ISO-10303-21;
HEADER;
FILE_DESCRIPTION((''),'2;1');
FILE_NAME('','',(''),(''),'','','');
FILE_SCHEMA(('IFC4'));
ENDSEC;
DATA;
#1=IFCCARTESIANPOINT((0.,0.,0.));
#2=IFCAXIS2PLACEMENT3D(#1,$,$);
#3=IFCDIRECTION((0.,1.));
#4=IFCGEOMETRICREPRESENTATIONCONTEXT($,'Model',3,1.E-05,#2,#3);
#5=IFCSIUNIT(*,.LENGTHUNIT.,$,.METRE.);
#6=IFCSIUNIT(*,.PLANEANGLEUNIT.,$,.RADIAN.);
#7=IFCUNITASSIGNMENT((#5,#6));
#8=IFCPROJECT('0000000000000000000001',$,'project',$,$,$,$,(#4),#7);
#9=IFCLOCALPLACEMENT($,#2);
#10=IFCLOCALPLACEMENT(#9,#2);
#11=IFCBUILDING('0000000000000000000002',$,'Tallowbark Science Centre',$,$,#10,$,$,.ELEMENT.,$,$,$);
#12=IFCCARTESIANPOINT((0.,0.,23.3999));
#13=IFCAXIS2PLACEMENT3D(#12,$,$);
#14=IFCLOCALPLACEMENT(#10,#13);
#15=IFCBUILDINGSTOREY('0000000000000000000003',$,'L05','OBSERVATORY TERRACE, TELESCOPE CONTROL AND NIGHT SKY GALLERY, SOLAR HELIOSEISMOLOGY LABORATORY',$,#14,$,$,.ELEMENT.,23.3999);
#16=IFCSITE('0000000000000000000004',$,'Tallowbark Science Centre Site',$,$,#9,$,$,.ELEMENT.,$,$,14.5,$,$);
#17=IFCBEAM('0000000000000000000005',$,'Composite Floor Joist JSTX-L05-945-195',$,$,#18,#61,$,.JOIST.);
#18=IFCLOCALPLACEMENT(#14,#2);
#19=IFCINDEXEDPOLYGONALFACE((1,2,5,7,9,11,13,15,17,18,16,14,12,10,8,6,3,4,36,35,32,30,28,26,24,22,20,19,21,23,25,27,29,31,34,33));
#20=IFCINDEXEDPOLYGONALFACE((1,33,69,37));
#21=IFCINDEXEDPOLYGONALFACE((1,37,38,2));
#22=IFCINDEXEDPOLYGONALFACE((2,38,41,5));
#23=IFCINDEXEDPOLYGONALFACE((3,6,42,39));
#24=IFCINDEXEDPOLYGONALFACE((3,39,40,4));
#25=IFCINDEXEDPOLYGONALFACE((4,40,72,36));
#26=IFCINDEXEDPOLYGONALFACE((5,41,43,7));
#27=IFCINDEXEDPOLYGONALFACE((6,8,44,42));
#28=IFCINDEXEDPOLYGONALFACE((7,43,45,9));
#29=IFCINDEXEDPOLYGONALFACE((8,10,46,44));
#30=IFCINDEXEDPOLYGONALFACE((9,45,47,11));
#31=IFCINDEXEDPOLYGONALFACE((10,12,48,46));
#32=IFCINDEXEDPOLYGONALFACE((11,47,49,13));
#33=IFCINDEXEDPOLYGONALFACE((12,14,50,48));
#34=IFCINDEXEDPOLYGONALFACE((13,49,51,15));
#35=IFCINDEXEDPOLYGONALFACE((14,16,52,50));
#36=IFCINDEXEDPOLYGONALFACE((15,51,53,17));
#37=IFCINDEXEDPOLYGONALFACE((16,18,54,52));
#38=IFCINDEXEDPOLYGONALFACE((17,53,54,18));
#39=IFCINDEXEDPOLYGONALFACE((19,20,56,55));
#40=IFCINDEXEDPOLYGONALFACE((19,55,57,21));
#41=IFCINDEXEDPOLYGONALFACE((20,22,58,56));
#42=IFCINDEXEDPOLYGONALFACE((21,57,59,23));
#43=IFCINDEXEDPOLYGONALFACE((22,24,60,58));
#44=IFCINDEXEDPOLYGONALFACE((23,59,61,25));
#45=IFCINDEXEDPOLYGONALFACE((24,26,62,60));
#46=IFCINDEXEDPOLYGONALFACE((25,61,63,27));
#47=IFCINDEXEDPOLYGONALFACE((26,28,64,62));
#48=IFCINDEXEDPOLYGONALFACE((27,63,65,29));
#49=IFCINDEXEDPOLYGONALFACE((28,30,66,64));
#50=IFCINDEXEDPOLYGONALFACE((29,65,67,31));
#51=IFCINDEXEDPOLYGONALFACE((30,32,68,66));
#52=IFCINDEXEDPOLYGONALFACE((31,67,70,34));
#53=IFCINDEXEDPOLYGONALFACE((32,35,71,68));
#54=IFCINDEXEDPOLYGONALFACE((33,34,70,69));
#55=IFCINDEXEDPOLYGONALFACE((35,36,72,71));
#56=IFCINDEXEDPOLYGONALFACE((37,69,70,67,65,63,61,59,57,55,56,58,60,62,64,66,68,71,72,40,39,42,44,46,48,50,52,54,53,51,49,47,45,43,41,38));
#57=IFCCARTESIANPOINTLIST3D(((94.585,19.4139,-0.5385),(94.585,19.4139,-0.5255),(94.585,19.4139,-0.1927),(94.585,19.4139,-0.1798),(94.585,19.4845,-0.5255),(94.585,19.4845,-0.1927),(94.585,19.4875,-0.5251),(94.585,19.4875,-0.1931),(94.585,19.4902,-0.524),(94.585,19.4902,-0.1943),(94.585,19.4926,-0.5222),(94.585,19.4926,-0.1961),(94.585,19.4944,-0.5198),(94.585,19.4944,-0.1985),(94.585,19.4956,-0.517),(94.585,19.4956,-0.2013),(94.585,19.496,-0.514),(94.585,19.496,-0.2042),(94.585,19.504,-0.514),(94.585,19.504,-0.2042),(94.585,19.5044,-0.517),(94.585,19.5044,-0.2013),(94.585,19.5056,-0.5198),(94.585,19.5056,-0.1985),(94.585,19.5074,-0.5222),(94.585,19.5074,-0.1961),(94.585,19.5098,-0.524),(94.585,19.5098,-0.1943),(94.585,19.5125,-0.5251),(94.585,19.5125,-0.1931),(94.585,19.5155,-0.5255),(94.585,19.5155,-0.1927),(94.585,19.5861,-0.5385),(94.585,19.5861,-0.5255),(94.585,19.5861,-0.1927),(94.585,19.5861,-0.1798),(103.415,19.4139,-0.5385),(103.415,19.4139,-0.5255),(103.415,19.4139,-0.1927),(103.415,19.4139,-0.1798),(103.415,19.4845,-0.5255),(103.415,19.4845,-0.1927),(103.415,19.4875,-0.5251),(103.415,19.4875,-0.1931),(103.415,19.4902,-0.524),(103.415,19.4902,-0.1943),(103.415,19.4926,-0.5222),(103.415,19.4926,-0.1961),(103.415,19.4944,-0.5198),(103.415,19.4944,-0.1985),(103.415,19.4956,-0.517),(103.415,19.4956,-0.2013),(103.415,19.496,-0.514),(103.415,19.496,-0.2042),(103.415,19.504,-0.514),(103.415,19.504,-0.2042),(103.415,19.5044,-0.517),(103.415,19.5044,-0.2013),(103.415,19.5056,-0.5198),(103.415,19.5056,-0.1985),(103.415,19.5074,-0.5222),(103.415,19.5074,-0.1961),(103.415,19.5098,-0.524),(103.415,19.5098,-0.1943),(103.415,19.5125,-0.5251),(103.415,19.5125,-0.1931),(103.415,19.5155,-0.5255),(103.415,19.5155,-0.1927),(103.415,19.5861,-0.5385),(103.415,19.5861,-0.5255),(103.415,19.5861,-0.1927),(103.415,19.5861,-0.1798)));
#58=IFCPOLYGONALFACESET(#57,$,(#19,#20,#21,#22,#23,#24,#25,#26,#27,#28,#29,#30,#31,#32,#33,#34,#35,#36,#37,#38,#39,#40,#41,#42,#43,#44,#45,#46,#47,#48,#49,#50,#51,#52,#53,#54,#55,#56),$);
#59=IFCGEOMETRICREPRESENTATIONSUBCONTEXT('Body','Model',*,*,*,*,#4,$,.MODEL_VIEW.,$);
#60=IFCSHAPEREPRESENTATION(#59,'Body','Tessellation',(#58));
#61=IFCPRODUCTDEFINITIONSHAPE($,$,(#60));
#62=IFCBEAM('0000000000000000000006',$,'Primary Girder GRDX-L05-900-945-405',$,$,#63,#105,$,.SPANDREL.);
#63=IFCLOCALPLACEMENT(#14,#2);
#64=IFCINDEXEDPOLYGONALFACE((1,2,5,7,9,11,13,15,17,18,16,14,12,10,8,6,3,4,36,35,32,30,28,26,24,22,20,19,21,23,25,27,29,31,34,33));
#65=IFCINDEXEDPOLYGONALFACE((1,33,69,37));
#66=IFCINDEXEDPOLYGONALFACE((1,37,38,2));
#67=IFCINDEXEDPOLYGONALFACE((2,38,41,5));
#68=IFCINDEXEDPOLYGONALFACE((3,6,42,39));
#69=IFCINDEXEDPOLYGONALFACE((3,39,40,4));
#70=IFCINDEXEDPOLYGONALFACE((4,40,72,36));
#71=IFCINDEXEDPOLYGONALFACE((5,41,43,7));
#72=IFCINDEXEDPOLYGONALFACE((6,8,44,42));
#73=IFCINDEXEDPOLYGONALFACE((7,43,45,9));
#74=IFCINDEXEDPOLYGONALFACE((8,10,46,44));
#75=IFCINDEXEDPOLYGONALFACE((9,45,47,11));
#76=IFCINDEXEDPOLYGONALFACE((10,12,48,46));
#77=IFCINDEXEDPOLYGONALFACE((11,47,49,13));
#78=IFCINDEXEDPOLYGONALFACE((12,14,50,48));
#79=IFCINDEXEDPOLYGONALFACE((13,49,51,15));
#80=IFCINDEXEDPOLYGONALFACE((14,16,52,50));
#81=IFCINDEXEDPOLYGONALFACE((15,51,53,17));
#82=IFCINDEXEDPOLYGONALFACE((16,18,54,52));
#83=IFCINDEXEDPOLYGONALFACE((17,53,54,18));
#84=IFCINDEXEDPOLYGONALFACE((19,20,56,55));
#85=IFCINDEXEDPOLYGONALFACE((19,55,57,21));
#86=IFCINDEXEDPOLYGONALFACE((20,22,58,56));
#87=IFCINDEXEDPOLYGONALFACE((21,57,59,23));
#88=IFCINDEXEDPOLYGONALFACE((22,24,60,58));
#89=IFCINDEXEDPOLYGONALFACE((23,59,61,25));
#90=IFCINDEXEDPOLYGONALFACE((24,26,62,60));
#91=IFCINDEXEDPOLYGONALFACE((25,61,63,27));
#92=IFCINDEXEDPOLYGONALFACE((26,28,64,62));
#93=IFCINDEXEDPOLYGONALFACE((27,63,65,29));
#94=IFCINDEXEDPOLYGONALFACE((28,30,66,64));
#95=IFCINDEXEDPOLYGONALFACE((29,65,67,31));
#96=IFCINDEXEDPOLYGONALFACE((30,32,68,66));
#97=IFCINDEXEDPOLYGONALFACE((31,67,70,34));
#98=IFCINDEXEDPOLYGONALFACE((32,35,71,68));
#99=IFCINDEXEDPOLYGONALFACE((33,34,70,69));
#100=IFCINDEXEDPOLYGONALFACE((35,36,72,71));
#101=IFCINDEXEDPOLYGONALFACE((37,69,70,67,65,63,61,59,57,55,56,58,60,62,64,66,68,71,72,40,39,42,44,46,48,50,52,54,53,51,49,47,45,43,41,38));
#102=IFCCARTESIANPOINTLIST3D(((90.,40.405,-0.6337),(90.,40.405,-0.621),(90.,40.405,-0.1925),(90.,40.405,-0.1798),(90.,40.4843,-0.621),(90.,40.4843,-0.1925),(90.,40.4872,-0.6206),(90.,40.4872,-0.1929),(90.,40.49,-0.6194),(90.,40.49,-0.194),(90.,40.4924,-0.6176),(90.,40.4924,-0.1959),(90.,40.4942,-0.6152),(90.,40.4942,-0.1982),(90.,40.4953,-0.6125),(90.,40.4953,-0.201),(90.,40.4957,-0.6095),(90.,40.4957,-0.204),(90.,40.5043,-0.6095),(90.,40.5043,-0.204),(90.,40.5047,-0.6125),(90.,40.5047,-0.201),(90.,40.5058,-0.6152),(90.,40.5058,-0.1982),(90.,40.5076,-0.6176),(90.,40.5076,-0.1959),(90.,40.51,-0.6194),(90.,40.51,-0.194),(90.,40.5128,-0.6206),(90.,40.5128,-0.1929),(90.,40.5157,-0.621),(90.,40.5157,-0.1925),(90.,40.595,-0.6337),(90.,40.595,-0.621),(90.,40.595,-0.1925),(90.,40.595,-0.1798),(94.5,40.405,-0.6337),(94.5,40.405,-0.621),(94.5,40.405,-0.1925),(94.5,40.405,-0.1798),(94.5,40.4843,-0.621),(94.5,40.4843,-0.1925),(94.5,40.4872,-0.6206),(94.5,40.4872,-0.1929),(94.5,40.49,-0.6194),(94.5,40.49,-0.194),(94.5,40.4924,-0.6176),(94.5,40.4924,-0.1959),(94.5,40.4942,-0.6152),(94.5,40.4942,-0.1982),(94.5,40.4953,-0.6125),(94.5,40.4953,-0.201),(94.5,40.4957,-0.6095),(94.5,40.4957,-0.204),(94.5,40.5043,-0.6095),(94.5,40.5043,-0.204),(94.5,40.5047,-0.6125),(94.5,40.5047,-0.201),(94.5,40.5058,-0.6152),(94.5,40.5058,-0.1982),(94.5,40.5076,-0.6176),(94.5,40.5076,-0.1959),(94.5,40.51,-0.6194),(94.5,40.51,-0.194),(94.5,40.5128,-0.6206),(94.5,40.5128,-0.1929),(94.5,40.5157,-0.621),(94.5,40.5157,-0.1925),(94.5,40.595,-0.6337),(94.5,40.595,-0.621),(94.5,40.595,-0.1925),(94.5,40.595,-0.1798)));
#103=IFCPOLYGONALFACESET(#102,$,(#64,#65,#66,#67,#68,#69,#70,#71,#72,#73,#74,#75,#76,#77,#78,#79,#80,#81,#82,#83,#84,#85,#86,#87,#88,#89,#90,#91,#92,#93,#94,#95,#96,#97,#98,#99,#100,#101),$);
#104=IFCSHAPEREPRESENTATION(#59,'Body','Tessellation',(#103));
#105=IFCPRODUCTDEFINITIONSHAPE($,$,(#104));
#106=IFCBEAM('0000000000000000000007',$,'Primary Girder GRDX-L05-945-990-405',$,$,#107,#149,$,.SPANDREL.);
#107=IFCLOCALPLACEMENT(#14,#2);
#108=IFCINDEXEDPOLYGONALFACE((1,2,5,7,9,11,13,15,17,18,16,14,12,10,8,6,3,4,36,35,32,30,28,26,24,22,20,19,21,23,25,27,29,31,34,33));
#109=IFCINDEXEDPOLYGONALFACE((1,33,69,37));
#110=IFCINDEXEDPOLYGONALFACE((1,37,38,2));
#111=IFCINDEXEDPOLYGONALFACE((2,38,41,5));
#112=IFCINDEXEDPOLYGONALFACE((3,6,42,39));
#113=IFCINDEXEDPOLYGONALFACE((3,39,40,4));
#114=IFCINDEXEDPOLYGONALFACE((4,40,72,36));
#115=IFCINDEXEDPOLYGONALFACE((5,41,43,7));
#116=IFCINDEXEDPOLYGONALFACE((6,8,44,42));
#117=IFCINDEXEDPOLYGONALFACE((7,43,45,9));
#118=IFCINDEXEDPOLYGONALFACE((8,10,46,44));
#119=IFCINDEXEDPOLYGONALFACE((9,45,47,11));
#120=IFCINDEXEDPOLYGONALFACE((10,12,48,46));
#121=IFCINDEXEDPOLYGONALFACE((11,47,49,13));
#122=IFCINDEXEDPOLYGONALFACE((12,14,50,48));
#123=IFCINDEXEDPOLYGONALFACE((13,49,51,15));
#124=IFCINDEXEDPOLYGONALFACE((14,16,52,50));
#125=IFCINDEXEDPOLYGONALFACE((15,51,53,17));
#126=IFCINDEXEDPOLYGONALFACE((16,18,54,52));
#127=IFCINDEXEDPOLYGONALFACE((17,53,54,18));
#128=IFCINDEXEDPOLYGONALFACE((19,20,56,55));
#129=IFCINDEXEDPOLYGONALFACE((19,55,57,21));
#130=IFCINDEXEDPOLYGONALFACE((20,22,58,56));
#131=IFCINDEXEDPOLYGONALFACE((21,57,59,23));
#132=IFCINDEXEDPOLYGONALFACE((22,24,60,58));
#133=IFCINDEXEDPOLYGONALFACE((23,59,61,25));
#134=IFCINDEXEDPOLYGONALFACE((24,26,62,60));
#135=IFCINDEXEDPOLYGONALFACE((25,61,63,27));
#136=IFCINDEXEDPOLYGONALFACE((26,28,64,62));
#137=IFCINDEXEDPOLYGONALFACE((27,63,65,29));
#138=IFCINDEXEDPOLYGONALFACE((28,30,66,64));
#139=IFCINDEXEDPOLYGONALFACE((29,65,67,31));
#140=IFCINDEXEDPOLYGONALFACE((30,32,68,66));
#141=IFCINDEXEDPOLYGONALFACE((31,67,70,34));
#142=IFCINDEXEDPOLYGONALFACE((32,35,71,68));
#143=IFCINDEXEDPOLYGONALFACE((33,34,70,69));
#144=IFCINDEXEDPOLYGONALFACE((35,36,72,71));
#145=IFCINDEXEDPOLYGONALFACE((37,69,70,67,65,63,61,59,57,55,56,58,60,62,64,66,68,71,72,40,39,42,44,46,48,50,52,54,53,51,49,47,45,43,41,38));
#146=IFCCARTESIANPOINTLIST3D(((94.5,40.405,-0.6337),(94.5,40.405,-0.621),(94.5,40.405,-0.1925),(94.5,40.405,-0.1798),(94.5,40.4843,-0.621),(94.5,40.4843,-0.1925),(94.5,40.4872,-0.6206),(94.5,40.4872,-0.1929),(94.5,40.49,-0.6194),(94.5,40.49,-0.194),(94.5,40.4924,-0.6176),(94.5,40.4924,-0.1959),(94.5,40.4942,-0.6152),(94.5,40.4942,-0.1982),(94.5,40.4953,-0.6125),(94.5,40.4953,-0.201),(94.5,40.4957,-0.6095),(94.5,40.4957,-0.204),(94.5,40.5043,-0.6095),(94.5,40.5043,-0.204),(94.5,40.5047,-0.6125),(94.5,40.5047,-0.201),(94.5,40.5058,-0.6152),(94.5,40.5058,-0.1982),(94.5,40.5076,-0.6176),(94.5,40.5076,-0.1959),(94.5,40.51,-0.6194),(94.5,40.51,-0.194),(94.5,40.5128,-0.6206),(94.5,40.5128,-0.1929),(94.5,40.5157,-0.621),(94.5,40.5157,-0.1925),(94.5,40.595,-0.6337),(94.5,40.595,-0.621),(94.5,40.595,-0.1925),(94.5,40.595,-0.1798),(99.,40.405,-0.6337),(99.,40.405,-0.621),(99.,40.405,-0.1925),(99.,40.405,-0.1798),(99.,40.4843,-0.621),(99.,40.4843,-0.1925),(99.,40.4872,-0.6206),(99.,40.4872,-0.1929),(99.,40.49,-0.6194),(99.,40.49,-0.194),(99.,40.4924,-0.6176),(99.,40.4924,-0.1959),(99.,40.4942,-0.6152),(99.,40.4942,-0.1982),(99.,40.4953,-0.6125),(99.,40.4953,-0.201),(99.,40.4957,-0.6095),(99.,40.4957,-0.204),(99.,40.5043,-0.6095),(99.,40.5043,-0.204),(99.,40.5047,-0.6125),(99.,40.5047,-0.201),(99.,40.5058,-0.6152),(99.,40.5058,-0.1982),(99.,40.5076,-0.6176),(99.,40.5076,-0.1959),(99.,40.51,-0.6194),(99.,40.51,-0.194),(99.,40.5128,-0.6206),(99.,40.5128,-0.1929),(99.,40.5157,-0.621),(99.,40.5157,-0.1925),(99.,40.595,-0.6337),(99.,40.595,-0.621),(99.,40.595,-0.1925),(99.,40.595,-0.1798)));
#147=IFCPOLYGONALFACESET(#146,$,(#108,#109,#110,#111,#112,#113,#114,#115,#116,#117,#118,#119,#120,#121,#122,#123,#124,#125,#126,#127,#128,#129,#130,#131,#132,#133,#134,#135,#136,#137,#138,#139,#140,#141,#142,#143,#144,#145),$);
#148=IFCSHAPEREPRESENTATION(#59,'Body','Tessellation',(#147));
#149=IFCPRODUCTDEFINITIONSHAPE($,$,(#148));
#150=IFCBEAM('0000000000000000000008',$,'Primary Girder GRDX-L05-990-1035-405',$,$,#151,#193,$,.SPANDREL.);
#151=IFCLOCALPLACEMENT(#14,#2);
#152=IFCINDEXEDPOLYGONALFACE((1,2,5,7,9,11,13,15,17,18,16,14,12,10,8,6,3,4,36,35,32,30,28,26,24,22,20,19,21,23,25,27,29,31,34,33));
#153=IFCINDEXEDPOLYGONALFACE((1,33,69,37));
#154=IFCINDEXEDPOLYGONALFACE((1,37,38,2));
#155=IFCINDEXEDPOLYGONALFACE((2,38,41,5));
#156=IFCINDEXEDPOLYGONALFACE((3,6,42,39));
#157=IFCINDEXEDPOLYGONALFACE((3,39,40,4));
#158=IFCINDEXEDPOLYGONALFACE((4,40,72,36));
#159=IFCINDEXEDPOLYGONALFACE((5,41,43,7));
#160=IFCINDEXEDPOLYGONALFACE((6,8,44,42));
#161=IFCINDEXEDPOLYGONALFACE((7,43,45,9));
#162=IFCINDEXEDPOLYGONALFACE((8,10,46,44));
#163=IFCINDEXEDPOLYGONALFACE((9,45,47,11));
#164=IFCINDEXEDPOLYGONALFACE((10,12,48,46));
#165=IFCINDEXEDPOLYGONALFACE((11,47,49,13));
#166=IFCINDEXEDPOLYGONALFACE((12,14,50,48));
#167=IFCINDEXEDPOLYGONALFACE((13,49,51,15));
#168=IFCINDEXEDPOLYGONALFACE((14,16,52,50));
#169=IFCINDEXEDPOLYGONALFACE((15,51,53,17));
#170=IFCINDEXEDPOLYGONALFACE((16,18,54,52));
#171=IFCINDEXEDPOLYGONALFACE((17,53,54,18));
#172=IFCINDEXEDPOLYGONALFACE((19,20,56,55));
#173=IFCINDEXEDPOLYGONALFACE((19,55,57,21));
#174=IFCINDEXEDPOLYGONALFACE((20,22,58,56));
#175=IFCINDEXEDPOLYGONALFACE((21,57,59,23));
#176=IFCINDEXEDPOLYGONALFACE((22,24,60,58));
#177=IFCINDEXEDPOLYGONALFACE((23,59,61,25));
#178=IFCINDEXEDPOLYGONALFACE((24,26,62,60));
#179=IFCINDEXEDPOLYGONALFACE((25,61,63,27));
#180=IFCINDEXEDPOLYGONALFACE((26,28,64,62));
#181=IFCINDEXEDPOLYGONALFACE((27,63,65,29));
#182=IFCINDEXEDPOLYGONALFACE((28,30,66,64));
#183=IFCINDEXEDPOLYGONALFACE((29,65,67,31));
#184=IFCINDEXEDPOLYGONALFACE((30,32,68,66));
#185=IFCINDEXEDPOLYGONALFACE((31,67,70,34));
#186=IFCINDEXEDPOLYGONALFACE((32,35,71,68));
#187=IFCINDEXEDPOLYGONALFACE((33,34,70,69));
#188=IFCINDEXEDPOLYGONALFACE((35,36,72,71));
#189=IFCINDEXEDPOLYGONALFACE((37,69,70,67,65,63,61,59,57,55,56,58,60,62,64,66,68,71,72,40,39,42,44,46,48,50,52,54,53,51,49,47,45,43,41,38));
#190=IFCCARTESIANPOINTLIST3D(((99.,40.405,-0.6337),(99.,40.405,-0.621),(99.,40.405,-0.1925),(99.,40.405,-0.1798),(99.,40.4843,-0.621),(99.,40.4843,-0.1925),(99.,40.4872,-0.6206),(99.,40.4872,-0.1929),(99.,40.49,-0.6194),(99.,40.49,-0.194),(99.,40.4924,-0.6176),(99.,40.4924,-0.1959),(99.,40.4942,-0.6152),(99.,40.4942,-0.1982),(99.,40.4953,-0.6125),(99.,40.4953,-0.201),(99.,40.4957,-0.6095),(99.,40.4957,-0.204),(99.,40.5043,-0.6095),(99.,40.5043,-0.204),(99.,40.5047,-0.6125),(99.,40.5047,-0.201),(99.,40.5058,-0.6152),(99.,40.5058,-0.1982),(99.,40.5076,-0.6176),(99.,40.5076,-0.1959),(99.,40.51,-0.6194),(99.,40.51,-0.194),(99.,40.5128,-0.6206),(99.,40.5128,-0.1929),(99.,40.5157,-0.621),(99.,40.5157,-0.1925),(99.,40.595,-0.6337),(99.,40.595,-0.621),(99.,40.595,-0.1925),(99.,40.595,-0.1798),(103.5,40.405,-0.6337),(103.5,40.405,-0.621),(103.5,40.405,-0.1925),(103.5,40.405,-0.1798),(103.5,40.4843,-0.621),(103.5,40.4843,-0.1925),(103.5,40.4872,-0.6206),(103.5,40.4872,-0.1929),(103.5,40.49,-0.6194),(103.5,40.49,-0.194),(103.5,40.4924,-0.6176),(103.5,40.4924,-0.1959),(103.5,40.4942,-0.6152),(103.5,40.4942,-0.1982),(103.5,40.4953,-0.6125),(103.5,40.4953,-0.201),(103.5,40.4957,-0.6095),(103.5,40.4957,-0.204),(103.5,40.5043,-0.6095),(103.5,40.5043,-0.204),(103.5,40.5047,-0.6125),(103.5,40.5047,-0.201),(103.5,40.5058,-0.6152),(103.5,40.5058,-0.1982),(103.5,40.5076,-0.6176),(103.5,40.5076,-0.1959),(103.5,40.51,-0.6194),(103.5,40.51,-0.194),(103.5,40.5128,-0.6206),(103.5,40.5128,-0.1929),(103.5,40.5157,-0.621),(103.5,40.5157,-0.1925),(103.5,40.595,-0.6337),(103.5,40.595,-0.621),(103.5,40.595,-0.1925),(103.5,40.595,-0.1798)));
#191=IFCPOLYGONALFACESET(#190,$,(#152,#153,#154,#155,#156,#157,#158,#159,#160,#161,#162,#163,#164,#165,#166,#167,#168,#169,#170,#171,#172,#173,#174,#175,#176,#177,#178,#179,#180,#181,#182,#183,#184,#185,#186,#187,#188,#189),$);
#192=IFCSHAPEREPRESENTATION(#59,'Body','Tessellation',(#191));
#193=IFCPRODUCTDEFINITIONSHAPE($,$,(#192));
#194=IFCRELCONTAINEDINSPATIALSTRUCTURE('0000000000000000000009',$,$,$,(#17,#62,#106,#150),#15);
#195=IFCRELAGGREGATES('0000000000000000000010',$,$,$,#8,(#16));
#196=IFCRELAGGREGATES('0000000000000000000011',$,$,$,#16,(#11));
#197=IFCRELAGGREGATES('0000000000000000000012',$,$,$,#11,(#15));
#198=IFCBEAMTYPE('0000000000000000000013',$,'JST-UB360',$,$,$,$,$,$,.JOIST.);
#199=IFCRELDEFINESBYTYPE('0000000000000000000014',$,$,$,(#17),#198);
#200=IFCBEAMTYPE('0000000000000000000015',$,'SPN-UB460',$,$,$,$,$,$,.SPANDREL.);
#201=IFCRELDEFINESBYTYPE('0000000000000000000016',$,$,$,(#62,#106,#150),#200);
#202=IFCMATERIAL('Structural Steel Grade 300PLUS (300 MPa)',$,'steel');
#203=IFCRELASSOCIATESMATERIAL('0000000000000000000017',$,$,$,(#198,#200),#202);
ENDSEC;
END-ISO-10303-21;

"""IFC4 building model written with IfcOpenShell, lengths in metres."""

from ifc_helpers import new_model, si_unit, direction, frame, origin, origin_2d, place, context, subcontext, project, spatial, i_section, extrude, material, material_profile, profile_set, type_object, element, save


model = new_model("IFC4")

# Units and contexts
model_context = context("Model", 3, precision=1e-05, world=origin(), true_north=direction((0.0, 1.0)))
body_context = subcontext(model_context, "Body", "Model", "MODEL_VIEW")
ifc_project = project(units=[si_unit("LENGTHUNIT", "METRE"), si_unit("PLANEANGLEUNIT", "RADIAN")], contexts=[model_context])

# Site, building, storey
site_placement = place(None, origin())
site = spatial("IfcSite", under=ifc_project, at=site_placement, Name="Tallowbark Science Centre Site", CompositionType="ELEMENT", RefElevation=14.5)
building_placement = place(site_placement, origin())
building = spatial("IfcBuilding", under=site, at=building_placement, Name="Tallowbark Science Centre", CompositionType="ELEMENT")
storey_placement = place(building_placement, frame((0.0, 0.0, 23.3999)))
storey = spatial("IfcBuildingStorey", under=building, at=storey_placement, Name="L05", Description="OBSERVATORY TERRACE, TELESCOPE CONTROL AND NIGHT SKY GALLERY, SOLAR HELIOSEISMOLOGY LABORATORY", CompositionType="ELEMENT", Elevation=23.3999)

# Shared definitions
ifc_material_1 = material(Name="Structural Steel Grade 300PLUS (300 MPa)", Category="steel")

# Beams
ifc_material_profile_1 = material_profile(ifc_material_1, i_section(OverallWidth=0.1721, OverallDepth=0.3586, WebThickness=0.0081, FlangeThickness=0.0129, FilletRadius=0.0115, at=origin_2d()), Name="360UB56.7")
ifc_profile_set_1 = profile_set([ifc_material_profile_1], Name="Structural Steel Grade 300PLUS (300 MPa)")
beam_type_1 = type_object("IfcBeamType", Name="JST-UB360", PredefinedType="JOIST", material=ifc_profile_set_1)
beam_1_placement = place(storey_placement, frame((94.585, 19.5, -0.3591), z_axis=(1.0, 0.0, 0.0), x_axis=(0.0, 1.0, 0.0)))
element("IfcBeam", 1, at=beam_1_placement, inside=storey, type_object=beam_type_1, Name="Composite Floor Joist JSTX-L05-945-195", PredefinedType="JOIST", context=body_context, shape_type="SweptSolid", body=[
    extrude(i_section(OverallWidth=0.1721, OverallDepth=0.3586, WebThickness=0.0081, FlangeThickness=0.0129, FilletRadius=0.0115, at=origin_2d()), origin(), (0.0, 0.0, 1.0), 8.8301),
])
ifc_material_profile_2 = material_profile(ifc_material_1, i_section(OverallWidth=0.1899, OverallDepth=0.4539, WebThickness=0.0085, FlangeThickness=0.0127, FilletRadius=0.0115, at=origin_2d()), Name="460UB67.1")
ifc_profile_set_2 = profile_set([ifc_material_profile_2], Name="Structural Steel Grade 300PLUS (300 MPa)")
beam_type_2 = type_object("IfcBeamType", Name="SPN-UB460", PredefinedType="SPANDREL", material=ifc_profile_set_2)
for number, where, z_axis, x_axis, name in (
    (2, (90.0, 40.5, -0.4067), (1.0, 0.0, 0.0), (0.0, 1.0, 0.0), "Primary Girder GRDX-L05-900-945-405"),
    (3, (94.5, 40.5, -0.4067), (1.0, 0.0, 0.0), (0.0, 1.0, 0.0), "Primary Girder GRDX-L05-945-990-405"),
    (4, (99.0, 40.5, -0.4067), (1.0, 0.0, 0.0), (0.0, 1.0, 0.0), "Primary Girder GRDX-L05-990-1035-405"),
):
    element("IfcBeam", number, at=place(storey_placement, frame(where, z_axis=z_axis, x_axis=x_axis)), inside=storey, type_object=beam_type_2, Name=name, PredefinedType="SPANDREL", context=body_context, shape_type="SweptSolid", body=[
        extrude(i_section(OverallWidth=0.1899, OverallDepth=0.4539, WebThickness=0.0085, FlangeThickness=0.0127, FilletRadius=0.0115, at=origin_2d()), origin(), (0.0, 0.0, 1.0), 4.5),
    ])

save(model, "model.ifc")
